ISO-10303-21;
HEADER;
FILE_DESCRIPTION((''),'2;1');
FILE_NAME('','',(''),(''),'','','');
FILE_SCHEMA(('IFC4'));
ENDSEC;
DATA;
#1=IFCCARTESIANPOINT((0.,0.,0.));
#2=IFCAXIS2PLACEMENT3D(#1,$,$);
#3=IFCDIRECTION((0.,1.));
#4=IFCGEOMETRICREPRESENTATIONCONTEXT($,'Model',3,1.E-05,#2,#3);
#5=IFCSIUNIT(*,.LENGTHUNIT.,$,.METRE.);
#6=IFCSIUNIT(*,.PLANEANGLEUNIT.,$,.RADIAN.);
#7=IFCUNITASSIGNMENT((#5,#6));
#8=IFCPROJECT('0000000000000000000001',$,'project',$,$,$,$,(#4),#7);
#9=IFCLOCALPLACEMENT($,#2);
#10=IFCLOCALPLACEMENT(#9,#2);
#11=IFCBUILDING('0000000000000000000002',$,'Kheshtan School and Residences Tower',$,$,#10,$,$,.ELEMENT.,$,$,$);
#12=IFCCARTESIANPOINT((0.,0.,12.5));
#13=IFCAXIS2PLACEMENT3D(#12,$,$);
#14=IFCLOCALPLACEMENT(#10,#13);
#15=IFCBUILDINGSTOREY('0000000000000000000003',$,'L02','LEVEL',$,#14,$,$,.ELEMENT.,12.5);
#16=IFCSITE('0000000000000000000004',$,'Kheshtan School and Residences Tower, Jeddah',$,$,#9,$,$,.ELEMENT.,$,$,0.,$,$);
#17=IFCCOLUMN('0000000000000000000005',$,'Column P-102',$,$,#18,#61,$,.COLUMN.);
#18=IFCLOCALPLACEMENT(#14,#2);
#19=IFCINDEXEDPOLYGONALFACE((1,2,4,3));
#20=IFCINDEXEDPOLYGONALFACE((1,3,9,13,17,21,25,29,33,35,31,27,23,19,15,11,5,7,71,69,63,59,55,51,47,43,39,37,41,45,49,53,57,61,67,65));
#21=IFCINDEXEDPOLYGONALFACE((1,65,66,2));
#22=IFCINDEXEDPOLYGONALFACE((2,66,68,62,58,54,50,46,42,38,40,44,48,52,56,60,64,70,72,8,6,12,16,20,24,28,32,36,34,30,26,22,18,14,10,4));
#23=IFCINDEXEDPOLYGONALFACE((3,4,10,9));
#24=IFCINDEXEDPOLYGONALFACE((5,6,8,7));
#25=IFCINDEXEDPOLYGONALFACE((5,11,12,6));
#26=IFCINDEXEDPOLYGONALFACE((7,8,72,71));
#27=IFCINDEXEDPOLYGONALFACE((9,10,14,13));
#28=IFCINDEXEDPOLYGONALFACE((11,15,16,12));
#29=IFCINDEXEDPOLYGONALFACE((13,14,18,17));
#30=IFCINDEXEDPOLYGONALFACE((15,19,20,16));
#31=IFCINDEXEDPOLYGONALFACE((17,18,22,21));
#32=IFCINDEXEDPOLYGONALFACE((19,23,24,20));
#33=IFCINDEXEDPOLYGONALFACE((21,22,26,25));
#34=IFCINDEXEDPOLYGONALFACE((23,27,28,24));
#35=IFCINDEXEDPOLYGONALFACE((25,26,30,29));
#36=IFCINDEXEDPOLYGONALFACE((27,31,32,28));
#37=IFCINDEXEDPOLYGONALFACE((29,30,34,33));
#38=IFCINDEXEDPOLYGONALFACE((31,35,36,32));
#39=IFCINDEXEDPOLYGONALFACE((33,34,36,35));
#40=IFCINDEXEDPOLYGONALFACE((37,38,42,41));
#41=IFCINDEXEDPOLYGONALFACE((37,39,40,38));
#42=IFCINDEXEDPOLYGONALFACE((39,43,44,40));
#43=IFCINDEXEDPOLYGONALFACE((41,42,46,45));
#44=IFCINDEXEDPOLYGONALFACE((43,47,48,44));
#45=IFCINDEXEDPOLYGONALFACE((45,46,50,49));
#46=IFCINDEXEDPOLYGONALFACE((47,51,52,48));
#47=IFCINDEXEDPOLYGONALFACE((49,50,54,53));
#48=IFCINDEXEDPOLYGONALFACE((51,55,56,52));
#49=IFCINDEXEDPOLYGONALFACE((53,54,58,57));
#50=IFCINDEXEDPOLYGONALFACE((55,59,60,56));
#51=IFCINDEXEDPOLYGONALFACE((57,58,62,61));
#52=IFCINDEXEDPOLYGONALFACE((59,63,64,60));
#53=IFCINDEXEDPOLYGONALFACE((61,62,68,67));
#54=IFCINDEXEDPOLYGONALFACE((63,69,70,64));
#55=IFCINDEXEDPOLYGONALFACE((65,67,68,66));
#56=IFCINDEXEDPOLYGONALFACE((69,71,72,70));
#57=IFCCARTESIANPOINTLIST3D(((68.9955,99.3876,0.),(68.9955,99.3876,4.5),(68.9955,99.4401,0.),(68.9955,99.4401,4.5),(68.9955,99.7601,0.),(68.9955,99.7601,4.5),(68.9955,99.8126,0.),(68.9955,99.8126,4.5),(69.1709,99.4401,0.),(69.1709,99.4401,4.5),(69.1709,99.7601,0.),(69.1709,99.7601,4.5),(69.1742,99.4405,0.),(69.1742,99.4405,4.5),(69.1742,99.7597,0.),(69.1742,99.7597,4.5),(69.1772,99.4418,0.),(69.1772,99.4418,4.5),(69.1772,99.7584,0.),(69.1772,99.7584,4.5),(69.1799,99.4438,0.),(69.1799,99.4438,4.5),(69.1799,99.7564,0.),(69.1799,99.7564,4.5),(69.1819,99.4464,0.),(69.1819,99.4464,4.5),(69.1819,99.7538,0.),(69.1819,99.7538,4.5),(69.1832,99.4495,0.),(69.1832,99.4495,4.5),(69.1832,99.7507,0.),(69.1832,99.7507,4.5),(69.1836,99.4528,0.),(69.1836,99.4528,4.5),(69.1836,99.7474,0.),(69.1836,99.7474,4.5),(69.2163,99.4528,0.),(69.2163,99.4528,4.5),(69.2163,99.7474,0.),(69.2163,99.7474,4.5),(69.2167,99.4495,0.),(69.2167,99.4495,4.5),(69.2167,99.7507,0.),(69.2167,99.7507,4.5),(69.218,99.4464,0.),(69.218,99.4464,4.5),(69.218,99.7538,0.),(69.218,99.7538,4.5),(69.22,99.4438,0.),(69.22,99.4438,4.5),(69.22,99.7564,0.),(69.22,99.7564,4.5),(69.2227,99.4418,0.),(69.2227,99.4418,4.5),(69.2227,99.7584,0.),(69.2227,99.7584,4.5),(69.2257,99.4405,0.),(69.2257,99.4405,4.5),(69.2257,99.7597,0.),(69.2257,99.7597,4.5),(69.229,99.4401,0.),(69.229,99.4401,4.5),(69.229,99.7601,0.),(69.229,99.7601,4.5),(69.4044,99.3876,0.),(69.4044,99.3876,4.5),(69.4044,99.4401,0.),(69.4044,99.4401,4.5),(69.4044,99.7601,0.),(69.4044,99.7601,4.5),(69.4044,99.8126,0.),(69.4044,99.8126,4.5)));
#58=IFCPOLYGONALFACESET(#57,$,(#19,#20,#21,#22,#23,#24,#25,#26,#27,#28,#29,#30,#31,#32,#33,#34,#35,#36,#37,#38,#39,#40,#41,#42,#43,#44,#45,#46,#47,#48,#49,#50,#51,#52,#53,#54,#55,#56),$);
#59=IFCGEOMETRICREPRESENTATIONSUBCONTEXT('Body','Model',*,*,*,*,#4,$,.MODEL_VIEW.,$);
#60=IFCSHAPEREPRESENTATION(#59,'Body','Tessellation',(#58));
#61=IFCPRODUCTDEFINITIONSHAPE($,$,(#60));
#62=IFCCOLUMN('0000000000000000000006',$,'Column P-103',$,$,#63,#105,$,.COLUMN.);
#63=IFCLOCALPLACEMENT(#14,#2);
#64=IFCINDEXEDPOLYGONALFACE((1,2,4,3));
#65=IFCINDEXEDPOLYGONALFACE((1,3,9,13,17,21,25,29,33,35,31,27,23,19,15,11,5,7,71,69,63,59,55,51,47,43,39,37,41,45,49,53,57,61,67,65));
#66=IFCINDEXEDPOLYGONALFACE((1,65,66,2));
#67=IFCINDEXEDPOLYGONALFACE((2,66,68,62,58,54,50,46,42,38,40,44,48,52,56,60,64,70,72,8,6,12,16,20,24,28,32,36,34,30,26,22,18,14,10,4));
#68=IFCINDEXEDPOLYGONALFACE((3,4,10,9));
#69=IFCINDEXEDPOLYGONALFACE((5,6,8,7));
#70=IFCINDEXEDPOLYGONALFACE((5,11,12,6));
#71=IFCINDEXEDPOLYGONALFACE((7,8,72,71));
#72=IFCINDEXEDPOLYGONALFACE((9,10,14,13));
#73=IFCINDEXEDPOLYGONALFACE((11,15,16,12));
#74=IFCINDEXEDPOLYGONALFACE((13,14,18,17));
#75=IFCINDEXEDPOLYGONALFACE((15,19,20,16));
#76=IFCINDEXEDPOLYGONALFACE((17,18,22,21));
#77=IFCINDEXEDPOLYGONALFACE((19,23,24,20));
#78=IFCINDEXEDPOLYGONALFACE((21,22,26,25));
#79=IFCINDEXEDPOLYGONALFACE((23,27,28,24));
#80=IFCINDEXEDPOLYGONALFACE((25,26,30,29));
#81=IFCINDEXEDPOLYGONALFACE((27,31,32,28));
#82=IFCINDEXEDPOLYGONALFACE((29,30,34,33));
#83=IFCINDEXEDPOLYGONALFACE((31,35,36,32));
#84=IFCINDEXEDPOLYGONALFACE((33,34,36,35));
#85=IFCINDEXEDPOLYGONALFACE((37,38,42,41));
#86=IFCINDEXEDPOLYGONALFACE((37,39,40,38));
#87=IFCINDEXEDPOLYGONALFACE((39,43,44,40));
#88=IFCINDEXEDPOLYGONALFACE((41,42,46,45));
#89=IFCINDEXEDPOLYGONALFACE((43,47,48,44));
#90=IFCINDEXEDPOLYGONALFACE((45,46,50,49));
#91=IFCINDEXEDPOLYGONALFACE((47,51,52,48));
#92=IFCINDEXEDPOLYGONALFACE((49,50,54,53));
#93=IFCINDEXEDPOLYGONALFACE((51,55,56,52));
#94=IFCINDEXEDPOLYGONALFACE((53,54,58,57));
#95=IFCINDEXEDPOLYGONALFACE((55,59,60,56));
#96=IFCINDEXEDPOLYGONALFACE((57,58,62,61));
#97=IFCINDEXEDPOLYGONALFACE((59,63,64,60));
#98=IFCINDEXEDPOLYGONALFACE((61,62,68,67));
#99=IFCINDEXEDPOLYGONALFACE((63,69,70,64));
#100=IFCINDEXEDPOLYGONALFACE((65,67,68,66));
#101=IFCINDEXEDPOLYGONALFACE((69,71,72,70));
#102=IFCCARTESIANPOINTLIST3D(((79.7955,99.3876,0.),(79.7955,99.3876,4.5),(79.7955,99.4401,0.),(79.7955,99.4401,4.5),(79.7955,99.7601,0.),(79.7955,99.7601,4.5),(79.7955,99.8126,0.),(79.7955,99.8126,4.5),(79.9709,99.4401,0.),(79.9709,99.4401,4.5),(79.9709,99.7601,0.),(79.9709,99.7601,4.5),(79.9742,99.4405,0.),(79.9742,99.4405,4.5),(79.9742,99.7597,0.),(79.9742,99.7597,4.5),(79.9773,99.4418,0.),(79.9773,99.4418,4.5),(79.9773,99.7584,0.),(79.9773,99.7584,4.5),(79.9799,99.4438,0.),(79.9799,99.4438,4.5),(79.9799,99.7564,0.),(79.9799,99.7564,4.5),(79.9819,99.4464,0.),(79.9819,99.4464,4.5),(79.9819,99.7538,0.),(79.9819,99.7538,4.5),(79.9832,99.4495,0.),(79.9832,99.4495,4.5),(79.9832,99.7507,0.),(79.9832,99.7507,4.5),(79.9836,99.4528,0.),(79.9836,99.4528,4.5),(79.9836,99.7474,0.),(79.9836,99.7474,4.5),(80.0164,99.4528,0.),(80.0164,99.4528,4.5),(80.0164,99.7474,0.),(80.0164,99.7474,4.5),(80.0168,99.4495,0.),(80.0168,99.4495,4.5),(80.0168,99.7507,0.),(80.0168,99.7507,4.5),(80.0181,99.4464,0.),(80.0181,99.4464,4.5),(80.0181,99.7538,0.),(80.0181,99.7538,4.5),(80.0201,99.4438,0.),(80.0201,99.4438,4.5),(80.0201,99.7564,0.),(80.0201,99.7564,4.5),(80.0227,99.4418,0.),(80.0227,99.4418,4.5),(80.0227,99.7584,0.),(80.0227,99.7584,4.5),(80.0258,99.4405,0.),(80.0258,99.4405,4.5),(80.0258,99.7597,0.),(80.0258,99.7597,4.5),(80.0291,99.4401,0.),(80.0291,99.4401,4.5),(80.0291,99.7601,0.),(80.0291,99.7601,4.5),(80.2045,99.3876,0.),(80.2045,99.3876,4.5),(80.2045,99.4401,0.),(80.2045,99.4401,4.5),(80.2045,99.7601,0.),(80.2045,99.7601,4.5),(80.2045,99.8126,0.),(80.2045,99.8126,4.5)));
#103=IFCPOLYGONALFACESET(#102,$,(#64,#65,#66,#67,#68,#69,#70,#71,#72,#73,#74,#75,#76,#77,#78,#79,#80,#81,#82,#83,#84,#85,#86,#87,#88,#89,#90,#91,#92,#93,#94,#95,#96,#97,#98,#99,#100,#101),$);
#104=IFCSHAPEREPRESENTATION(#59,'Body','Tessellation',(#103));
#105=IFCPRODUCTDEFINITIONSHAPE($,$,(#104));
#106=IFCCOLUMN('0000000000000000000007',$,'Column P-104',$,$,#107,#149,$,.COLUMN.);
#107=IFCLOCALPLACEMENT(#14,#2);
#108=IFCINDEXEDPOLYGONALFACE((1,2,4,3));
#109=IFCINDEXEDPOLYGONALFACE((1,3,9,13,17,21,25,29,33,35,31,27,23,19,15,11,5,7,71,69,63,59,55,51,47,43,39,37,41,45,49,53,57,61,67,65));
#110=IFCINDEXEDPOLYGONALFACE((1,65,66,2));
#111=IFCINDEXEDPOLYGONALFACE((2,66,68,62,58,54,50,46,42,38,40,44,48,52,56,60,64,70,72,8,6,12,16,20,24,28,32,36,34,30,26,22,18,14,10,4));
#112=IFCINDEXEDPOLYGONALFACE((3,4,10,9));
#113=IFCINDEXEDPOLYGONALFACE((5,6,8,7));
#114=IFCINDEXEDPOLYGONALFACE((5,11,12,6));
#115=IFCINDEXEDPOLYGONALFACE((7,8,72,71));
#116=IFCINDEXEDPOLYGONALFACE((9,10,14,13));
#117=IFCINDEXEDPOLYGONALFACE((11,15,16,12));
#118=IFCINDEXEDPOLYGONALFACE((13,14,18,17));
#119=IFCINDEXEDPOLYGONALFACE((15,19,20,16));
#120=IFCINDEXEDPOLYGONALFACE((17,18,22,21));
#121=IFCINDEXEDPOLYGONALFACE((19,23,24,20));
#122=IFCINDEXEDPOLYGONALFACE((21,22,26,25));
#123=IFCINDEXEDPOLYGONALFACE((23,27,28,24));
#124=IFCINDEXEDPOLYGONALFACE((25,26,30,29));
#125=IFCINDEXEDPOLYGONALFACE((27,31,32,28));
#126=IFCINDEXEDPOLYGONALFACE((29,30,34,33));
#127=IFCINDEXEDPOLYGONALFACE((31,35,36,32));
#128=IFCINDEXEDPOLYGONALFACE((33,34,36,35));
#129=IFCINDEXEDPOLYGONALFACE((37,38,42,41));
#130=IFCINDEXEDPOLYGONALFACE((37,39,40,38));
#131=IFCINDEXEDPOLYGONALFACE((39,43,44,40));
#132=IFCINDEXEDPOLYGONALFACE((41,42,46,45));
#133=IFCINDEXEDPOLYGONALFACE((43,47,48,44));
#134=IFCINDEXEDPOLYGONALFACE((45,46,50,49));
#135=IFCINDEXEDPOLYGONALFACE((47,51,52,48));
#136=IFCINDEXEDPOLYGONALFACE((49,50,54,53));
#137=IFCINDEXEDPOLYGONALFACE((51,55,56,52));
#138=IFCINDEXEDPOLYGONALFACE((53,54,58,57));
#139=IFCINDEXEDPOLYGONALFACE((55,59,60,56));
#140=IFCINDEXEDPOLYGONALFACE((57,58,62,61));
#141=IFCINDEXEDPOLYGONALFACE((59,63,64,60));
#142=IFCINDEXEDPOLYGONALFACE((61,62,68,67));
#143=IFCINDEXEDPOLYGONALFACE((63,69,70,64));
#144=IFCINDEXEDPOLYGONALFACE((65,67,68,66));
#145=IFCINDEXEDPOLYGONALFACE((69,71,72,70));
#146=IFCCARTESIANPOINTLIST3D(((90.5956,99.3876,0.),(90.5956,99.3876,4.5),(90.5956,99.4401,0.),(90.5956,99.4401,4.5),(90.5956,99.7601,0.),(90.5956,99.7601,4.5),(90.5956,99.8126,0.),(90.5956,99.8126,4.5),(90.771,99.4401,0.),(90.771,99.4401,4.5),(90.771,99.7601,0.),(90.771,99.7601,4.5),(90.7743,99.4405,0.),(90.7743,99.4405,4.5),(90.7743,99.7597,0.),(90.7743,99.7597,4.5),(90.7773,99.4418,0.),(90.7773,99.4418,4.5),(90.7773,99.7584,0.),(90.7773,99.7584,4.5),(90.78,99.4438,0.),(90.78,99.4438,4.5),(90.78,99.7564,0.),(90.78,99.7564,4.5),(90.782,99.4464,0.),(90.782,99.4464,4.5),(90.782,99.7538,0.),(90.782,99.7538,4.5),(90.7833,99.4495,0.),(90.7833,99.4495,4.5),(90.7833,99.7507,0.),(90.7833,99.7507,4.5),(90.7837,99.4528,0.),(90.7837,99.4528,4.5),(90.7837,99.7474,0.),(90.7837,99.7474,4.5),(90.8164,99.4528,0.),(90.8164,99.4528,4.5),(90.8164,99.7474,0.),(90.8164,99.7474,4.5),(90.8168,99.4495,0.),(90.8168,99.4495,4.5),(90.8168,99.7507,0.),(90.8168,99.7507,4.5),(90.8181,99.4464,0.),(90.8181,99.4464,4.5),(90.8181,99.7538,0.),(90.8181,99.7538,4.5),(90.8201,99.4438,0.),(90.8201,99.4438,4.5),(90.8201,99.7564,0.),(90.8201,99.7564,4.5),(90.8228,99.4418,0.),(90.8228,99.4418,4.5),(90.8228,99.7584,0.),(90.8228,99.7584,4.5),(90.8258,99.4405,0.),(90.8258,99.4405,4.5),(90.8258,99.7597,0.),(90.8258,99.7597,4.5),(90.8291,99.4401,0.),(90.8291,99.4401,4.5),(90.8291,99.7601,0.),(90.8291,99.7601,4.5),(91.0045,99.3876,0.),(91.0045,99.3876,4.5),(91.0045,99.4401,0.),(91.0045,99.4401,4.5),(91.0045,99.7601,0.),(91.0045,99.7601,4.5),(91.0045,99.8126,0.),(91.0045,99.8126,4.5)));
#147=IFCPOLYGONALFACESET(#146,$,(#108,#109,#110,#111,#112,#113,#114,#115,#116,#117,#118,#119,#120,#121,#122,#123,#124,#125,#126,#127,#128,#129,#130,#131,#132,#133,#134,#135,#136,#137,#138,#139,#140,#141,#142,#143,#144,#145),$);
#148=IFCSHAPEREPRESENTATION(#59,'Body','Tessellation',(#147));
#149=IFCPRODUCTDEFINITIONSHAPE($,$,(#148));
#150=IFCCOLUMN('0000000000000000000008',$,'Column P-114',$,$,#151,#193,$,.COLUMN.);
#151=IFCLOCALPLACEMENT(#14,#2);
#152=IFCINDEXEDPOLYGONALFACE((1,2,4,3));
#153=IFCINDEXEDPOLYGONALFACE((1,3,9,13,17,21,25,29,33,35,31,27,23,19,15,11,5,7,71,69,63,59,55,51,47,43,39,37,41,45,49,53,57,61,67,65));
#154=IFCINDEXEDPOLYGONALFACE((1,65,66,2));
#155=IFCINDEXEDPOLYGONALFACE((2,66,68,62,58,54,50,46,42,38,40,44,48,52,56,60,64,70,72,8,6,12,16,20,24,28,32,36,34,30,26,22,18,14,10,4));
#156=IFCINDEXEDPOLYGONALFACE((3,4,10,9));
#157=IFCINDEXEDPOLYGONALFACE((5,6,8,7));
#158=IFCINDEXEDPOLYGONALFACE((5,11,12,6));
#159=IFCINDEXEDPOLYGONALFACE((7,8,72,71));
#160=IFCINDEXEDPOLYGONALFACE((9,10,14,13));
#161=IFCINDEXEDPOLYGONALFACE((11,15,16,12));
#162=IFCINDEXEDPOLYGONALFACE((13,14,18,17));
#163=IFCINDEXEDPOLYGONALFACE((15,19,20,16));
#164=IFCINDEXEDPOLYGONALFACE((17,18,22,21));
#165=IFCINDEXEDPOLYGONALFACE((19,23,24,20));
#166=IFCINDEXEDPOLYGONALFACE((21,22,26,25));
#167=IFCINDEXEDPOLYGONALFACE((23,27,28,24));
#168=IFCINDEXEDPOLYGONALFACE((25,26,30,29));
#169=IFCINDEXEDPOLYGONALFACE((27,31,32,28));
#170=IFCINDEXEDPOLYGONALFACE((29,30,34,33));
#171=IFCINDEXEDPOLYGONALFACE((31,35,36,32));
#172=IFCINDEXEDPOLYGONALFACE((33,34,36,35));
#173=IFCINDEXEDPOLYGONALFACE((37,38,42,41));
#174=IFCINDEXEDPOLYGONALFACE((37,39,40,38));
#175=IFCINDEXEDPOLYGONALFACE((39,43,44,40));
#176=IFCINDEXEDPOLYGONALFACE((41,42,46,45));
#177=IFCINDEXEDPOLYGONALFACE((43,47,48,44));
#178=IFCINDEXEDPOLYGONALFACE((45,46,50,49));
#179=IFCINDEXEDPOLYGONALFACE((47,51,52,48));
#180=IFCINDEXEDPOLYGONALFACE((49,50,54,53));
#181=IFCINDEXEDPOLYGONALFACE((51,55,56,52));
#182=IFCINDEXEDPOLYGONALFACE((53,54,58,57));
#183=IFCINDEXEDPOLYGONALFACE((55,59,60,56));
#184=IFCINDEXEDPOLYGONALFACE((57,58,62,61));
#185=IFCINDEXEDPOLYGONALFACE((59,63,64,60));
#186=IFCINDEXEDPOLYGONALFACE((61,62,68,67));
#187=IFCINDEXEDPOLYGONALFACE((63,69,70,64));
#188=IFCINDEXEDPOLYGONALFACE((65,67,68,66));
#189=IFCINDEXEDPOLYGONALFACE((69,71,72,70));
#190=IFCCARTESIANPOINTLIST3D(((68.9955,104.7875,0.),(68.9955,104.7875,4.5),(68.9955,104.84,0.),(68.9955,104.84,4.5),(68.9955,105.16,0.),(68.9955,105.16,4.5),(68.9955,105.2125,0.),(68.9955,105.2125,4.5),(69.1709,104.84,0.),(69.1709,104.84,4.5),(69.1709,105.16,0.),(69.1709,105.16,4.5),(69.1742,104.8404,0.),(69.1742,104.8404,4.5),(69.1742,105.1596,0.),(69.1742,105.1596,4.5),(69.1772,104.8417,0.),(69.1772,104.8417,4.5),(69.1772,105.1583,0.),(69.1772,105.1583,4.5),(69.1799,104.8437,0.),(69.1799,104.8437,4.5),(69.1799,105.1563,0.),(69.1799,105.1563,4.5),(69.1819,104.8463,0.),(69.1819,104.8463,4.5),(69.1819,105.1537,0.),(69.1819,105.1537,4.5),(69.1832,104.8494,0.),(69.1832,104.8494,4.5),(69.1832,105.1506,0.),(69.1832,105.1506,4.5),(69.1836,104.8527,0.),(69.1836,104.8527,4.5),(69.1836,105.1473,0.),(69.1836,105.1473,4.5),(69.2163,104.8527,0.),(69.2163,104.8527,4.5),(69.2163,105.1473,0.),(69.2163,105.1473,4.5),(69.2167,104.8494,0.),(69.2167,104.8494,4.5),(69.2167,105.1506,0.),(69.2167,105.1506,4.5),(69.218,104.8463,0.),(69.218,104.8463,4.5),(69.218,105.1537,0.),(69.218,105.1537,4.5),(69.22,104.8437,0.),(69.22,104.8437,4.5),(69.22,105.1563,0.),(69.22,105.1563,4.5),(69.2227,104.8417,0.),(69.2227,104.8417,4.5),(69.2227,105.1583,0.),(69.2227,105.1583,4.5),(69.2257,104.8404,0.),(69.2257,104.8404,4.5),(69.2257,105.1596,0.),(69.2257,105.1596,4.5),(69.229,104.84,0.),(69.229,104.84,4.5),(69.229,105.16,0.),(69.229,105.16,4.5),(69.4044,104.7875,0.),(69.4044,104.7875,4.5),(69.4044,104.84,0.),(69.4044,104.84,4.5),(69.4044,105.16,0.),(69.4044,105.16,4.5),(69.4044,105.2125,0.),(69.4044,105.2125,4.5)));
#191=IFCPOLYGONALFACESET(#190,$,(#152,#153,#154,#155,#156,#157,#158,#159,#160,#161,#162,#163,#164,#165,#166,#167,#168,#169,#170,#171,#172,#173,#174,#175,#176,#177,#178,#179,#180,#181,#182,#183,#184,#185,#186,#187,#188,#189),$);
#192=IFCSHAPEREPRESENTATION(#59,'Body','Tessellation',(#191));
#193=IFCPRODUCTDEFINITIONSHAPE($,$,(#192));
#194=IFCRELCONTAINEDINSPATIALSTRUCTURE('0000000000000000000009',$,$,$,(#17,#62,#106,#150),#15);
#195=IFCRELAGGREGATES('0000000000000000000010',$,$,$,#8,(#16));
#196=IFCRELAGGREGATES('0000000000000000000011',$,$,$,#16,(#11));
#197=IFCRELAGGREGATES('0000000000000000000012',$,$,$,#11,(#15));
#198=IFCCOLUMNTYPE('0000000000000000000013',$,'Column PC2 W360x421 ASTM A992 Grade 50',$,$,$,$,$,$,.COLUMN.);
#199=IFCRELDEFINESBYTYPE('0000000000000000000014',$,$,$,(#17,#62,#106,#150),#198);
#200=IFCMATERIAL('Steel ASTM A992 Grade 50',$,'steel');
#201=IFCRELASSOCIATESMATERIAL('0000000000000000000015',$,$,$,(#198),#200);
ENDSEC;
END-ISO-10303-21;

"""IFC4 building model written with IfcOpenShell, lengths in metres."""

from ifc_helpers import new_model, si_unit, direction, frame, origin, origin_2d, place, context, subcontext, project, spatial, i_section, extrude, material, material_profile, profile_set, type_object, element, save


model = new_model("IFC4")

# Units and contexts
model_context = context("Model", 3, precision=1e-05, world=origin(), true_north=direction((0.0, 1.0)))
body_context = subcontext(model_context, "Body", "Model", "MODEL_VIEW")
ifc_project = project(units=[si_unit("LENGTHUNIT", "METRE"), si_unit("PLANEANGLEUNIT", "RADIAN")], contexts=[model_context])

# Site, building, storey
site_placement = place(None, origin())
site = spatial("IfcSite", under=ifc_project, at=site_placement, Name="Kheshtan School and Residences Tower, Jeddah", CompositionType="ELEMENT", RefElevation=0.0)
building_placement = place(site_placement, origin())
building = spatial("IfcBuilding", under=site, at=building_placement, Name="Kheshtan School and Residences Tower", CompositionType="ELEMENT")
storey_placement = place(building_placement, frame((0.0, 0.0, 12.5)))
storey = spatial("IfcBuildingStorey", under=building, at=storey_placement, Name="L02", Description="LEVEL", CompositionType="ELEMENT", Elevation=12.5)

# Columns
ifc_material_1 = material(Name="Steel ASTM A992 Grade 50", Category="steel")
ifc_material_profile_1 = material_profile(ifc_material_1, i_section(OverallWidth=0.4089, OverallDepth=0.425, WebThickness=0.0327, FlangeThickness=0.0525, FilletRadius=0.0127, at=origin_2d()), Name="W360x421")
ifc_profile_set_1 = profile_set([ifc_material_profile_1], Name="Steel ASTM A992 Grade 50")
column_type = type_object("IfcColumnType", Name="Column PC2 W360x421 ASTM A992 Grade 50", PredefinedType="COLUMN", material=ifc_profile_set_1)
for number, where, z_axis, x_axis, name in (
    (1, (69.2, 99.6001, 0.0), (0.0, 0.0, 1.0), (1.0, 0.0, 0.0), "Column P-102"),
    (2, (80.0, 99.6001, 0.0), (0.0, 0.0, 1.0), (1.0, 0.0, 0.0), "Column P-103"),
    (3, (90.8, 99.6001, 0.0), (0.0, 0.0, 1.0), (1.0, 0.0, 0.0), "Column P-104"),
    (4, (69.2, 105.0, 0.0), (0.0, 0.0, 1.0), (1.0, 0.0, 0.0), "Column P-114"),
):
    element("IfcColumn", number, at=place(storey_placement, frame(where, z_axis=z_axis, x_axis=x_axis)), inside=storey, type_object=column_type, Name=name, PredefinedType="COLUMN", context=body_context, shape_type="SweptSolid", body=[
        extrude(i_section(OverallWidth=0.4089, OverallDepth=0.425, WebThickness=0.0327, FlangeThickness=0.0525, FilletRadius=0.0127, at=origin_2d()), origin(), (0.0, 0.0, 1.0), 4.5),
    ])

save(model, "model.ifc")
